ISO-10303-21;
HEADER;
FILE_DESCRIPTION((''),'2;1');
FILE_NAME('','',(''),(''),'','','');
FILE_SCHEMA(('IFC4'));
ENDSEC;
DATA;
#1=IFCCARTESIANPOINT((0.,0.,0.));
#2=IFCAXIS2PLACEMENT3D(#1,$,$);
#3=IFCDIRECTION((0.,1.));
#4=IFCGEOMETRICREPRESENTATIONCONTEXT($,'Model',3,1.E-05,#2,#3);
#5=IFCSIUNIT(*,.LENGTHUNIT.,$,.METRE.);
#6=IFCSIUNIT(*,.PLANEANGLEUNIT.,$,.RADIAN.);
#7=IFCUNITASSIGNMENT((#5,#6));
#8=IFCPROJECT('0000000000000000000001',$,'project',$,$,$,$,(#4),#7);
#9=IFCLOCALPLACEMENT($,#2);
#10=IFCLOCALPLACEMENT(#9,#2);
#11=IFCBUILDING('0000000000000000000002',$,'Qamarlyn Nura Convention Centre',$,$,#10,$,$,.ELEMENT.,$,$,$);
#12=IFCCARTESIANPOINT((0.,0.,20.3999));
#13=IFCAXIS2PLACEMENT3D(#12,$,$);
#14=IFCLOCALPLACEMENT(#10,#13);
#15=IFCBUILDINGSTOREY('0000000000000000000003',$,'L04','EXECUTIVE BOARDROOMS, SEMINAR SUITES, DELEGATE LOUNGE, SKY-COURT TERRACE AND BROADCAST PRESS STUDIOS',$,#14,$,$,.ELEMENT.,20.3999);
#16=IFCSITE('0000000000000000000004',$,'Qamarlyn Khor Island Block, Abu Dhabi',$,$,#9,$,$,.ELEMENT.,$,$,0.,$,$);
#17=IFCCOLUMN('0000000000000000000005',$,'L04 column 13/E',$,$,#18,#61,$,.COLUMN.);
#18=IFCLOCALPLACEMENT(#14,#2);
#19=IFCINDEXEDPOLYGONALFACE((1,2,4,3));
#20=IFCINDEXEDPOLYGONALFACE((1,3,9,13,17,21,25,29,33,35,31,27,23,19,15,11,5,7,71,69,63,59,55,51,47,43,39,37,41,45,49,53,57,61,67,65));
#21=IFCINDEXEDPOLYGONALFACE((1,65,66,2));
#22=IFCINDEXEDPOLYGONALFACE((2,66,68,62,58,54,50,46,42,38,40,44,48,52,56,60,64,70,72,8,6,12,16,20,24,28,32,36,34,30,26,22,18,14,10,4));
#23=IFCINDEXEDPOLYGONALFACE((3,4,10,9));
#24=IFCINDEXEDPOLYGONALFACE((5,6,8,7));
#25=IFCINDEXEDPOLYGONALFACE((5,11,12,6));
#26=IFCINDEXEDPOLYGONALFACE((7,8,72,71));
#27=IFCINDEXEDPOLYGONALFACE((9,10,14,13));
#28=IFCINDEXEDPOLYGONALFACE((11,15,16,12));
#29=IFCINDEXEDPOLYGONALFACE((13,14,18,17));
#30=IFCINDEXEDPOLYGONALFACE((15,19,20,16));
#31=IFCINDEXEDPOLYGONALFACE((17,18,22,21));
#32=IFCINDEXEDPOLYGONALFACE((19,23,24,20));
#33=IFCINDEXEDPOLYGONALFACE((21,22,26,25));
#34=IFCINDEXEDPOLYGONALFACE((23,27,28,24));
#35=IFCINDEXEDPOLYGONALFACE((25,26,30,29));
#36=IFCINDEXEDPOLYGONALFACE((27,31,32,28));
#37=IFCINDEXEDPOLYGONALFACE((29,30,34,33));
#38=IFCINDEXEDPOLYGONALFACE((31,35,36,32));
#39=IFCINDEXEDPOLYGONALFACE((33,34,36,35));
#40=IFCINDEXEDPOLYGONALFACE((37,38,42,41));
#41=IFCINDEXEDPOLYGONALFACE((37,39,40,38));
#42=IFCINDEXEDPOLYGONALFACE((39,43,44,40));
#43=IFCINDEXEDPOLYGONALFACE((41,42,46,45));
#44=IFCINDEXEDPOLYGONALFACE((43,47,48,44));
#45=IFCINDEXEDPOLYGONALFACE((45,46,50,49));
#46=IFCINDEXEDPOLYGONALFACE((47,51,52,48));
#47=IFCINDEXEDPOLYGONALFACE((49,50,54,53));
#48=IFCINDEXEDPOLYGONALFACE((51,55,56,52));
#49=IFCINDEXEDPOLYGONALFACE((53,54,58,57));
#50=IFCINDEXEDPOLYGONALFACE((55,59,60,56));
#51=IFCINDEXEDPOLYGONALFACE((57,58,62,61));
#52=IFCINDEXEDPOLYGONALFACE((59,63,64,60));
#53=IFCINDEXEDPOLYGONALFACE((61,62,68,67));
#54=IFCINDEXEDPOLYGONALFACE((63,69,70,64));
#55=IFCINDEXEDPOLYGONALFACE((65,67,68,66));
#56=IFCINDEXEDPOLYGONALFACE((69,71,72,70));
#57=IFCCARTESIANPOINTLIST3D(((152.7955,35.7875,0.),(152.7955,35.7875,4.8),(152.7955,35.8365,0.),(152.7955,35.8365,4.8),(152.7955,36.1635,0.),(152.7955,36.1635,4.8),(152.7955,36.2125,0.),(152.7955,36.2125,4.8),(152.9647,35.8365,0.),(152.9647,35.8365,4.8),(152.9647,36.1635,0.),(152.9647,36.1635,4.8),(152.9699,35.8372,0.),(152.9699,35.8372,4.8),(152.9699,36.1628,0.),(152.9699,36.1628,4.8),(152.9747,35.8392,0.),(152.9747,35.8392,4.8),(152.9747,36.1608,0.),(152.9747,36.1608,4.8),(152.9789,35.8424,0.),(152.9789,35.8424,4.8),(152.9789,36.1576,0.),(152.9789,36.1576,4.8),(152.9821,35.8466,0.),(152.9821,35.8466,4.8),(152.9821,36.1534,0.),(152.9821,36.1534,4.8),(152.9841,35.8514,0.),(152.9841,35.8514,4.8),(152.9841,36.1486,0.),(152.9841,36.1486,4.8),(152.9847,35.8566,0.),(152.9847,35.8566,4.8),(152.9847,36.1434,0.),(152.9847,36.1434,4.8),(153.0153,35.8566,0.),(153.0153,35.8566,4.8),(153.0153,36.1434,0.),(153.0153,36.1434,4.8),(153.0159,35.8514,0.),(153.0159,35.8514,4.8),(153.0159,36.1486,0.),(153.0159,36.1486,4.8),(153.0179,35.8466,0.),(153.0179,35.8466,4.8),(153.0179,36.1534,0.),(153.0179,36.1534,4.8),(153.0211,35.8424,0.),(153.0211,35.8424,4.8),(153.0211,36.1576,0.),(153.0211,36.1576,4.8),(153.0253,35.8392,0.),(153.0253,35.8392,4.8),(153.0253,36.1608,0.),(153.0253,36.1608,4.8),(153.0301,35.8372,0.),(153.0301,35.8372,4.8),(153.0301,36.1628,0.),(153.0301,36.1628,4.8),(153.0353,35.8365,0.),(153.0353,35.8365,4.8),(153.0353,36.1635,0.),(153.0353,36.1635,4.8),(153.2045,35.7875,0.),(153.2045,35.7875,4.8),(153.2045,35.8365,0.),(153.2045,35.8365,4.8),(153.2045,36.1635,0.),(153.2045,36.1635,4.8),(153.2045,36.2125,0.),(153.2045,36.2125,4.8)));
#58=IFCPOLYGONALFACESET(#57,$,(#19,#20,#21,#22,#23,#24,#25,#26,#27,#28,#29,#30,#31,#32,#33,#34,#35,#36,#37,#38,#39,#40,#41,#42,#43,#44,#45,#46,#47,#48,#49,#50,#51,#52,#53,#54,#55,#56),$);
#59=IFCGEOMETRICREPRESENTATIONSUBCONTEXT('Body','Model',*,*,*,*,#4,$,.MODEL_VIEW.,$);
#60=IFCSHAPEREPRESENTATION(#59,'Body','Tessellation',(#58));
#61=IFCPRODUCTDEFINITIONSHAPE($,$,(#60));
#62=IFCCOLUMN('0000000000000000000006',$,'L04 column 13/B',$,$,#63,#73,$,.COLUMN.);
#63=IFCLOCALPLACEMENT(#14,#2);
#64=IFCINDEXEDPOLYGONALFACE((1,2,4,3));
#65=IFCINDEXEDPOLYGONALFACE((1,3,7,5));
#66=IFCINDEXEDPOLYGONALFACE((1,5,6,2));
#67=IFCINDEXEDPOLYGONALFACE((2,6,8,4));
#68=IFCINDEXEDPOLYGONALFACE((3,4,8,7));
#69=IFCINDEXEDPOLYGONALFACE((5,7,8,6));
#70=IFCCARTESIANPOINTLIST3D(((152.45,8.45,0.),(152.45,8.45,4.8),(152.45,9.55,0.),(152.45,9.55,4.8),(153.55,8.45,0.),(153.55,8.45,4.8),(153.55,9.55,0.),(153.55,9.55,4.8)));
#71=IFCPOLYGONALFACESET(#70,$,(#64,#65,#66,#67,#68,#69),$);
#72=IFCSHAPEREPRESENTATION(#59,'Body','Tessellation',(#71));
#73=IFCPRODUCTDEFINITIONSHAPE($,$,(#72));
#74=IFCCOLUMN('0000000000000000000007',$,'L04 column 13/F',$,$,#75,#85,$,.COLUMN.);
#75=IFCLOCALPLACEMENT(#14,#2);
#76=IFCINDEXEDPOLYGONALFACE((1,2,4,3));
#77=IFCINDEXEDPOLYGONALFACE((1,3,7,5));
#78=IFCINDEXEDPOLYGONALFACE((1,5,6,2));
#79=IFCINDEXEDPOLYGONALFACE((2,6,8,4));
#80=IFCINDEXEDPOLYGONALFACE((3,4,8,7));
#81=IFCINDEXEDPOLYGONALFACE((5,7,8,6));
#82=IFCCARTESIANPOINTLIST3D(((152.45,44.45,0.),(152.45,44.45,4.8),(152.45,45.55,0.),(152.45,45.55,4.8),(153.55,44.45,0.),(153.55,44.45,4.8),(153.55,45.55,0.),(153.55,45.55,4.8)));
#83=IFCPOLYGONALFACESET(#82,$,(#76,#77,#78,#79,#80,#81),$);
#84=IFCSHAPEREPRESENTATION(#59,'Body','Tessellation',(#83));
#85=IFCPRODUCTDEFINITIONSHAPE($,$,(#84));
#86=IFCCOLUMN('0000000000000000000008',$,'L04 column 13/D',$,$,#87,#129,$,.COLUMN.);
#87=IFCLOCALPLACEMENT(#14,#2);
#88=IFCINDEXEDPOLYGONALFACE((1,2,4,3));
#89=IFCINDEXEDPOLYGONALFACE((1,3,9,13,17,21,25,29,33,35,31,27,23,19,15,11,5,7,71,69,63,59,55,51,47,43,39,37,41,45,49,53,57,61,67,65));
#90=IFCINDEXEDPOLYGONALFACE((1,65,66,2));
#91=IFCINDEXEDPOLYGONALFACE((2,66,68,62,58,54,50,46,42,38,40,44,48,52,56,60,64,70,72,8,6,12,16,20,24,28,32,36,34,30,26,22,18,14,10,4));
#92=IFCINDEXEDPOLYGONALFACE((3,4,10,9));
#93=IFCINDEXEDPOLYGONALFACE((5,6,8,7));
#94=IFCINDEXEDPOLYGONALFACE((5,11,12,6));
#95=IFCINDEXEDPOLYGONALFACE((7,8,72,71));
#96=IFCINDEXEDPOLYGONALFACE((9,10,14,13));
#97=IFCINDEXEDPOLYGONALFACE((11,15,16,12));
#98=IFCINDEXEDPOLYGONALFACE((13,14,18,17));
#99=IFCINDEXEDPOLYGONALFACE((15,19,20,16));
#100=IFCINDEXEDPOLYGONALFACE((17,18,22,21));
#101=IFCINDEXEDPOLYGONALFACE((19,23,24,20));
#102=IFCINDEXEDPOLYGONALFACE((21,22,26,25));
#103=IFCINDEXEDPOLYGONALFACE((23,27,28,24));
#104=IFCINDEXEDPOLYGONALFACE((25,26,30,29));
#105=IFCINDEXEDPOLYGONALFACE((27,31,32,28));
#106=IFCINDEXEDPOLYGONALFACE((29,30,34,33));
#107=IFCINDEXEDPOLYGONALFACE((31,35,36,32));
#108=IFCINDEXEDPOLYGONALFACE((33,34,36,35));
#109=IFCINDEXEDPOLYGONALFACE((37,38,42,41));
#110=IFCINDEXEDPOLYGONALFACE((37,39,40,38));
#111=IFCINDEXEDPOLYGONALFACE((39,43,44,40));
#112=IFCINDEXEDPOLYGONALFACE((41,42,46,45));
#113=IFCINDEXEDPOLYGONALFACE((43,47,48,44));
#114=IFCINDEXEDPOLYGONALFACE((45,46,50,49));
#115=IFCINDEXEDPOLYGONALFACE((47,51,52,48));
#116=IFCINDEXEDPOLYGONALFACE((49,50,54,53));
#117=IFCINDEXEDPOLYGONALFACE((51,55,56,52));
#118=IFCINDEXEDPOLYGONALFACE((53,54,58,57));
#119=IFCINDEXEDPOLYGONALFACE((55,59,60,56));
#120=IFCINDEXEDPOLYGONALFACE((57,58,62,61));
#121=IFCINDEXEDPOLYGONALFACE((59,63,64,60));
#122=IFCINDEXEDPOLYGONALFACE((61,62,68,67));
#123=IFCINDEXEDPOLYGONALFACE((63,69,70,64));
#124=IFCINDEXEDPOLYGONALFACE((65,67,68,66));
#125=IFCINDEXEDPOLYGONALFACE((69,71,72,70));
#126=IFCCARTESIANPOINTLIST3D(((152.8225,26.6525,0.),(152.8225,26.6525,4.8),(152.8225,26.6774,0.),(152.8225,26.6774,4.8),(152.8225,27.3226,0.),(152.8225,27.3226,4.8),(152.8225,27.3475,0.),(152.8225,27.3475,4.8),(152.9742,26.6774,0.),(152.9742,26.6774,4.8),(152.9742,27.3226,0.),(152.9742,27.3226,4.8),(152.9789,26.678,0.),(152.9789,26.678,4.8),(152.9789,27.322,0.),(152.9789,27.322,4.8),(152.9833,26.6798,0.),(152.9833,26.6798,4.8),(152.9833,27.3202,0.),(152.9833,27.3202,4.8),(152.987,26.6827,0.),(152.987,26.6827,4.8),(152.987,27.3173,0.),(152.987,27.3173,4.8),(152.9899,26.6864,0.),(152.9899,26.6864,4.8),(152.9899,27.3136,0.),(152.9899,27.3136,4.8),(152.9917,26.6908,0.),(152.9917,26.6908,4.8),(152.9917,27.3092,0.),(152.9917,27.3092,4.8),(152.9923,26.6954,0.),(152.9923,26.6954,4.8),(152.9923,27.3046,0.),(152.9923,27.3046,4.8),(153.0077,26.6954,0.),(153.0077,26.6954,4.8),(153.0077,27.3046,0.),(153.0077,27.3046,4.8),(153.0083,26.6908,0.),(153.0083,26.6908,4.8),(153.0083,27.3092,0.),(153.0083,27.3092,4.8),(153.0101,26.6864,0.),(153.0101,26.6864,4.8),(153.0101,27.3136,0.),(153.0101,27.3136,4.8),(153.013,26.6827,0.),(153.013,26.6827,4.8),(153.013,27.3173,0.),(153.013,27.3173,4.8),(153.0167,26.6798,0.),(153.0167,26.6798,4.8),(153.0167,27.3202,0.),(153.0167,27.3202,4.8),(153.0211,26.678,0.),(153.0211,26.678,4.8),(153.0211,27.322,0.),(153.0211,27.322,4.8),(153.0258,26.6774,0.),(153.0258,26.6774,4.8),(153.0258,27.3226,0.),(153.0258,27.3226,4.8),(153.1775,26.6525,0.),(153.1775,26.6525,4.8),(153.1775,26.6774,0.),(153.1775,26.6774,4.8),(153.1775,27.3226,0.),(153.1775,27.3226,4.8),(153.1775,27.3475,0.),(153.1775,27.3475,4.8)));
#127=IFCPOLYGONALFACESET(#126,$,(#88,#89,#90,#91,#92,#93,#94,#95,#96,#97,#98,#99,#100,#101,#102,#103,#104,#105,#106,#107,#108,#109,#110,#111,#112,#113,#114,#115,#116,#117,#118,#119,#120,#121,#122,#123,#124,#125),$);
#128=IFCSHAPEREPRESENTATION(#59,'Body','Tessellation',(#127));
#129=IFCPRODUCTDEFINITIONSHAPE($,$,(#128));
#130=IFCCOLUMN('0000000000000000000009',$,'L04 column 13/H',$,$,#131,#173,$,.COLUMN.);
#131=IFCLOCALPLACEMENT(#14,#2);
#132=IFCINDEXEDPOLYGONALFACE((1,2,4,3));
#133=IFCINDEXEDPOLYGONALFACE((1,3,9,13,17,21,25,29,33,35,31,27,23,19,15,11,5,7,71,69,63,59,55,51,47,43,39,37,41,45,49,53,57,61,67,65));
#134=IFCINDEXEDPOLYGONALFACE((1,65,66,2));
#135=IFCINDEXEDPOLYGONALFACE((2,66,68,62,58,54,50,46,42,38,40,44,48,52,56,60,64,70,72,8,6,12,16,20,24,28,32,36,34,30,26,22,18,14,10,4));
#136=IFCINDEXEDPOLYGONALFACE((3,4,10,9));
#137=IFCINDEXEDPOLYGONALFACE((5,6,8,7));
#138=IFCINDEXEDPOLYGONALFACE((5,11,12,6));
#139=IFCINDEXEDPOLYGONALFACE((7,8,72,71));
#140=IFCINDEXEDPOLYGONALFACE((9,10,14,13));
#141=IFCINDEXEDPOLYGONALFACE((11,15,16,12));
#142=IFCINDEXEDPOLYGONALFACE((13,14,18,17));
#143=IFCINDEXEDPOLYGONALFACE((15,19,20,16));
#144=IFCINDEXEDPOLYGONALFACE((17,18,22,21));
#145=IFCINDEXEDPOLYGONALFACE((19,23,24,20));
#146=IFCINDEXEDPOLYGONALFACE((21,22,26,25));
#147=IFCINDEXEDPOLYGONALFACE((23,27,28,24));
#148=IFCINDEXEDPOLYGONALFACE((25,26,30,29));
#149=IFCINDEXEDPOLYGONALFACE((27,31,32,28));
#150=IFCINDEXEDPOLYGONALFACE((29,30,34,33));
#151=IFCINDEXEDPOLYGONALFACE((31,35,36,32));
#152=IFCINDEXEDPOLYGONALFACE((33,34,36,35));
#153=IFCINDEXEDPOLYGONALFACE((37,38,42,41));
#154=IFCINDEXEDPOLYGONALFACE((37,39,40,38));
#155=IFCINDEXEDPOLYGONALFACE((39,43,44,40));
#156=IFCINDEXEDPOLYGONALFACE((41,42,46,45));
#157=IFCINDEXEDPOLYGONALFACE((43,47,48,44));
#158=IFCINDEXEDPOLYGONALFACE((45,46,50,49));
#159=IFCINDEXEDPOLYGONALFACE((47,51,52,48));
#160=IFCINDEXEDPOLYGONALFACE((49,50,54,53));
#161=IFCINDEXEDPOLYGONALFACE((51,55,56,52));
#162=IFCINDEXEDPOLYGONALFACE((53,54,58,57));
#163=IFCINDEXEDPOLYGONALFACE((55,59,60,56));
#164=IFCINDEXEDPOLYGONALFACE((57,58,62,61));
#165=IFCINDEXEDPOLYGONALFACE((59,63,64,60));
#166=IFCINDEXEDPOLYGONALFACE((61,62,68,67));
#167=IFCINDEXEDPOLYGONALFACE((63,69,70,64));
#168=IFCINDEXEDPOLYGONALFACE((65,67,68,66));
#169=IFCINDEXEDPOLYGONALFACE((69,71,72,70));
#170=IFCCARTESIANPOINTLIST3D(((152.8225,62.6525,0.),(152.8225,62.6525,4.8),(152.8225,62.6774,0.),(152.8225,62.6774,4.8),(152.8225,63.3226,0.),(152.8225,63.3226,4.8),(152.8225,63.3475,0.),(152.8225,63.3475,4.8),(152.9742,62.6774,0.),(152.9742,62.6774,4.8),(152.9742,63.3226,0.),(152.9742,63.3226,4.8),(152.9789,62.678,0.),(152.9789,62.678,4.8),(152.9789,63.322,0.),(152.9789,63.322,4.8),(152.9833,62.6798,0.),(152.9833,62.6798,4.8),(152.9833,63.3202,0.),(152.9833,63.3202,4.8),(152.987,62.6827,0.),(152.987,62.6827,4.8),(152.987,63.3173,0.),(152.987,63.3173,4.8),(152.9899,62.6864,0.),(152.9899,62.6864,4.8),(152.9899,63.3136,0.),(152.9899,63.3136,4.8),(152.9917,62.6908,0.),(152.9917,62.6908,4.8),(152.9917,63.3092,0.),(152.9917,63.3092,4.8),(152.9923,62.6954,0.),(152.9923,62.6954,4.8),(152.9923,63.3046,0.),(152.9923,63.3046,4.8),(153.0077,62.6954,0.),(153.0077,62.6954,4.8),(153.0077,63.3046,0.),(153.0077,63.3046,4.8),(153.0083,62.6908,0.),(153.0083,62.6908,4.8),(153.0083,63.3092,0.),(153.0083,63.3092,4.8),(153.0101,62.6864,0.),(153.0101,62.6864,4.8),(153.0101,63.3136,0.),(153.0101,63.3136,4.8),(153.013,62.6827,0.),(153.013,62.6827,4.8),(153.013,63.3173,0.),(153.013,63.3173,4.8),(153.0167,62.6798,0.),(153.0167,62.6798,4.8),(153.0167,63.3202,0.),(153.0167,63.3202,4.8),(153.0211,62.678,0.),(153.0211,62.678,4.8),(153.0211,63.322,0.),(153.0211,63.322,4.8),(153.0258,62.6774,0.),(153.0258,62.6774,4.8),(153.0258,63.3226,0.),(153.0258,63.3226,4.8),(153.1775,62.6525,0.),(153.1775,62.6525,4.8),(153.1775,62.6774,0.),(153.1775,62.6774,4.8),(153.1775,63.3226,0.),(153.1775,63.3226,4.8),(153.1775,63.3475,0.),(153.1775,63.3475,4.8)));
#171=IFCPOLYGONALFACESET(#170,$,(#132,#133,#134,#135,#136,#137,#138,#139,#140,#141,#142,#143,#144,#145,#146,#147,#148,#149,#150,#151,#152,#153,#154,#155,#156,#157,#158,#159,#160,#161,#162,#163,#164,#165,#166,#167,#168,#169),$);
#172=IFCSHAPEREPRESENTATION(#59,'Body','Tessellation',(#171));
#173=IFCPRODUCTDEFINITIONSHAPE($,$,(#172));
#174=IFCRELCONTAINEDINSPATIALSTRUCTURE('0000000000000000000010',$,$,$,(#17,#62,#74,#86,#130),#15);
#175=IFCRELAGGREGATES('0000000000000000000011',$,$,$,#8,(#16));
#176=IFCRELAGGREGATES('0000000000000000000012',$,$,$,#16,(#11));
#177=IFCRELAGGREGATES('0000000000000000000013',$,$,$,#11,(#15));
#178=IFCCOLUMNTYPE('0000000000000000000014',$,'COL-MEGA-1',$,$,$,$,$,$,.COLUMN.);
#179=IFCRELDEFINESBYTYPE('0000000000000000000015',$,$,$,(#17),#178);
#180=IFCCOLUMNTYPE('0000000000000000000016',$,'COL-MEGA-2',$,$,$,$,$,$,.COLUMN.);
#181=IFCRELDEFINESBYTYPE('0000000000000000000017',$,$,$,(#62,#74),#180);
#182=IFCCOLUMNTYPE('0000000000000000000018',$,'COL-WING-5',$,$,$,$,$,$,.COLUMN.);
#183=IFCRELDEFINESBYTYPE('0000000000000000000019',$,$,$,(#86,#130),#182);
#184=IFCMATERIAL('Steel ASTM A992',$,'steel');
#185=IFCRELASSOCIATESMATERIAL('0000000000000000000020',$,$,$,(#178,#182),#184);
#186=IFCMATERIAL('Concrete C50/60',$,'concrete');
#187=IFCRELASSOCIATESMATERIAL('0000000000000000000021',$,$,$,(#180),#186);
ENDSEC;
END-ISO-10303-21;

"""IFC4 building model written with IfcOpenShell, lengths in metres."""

from ifc_helpers import new_model, si_unit, direction, frame, origin, origin_2d, place, context, subcontext, project, spatial, rectangle, i_section, extrude, material, material_profile, profile_set, type_object, element, save


model = new_model("IFC4")

# Units and contexts
model_context = context("Model", 3, precision=1e-05, world=origin(), true_north=direction((0.0, 1.0)))
body_context = subcontext(model_context, "Body", "Model", "MODEL_VIEW")
ifc_project = project(units=[si_unit("LENGTHUNIT", "METRE"), si_unit("PLANEANGLEUNIT", "RADIAN")], contexts=[model_context])

# Site, building, storey
site_placement = place(None, origin())
site = spatial("IfcSite", under=ifc_project, at=site_placement, Name="Qamarlyn Khor Island Block, Abu Dhabi", CompositionType="ELEMENT", RefElevation=0.0)
building_placement = place(site_placement, origin())
building = spatial("IfcBuilding", under=site, at=building_placement, Name="Qamarlyn Nura Convention Centre", CompositionType="ELEMENT")
storey_placement = place(building_placement, frame((0.0, 0.0, 20.3999)))
storey = spatial("IfcBuildingStorey", under=building, at=storey_placement, Name="L04", Description="EXECUTIVE BOARDROOMS, SEMINAR SUITES, DELEGATE LOUNGE, SKY-COURT TERRACE AND BROADCAST PRESS STUDIOS", CompositionType="ELEMENT", Elevation=20.3999)

# Columns
ifc_material_1 = material(Name="Steel ASTM A992", Category="steel")
ifc_material_profile_1 = material_profile(ifc_material_1, i_section(OverallWidth=0.4089, OverallDepth=0.425, WebThickness=0.0305, FlangeThickness=0.0491, FilletRadius=0.02, at=origin_2d()), Name="W360X421")
ifc_profile_set_1 = profile_set([ifc_material_profile_1], Name="Steel ASTM A992")
column_type_1 = type_object("IfcColumnType", Name="COL-MEGA-1", PredefinedType="COLUMN", material=ifc_profile_set_1)
for number, where, z_axis, x_axis, name in (
    (1, (153.0, 36.0, 0.0), (0.0, 0.0, 1.0), (1.0, 0.0, 0.0), "L04 column 13/E"),
):
    element("IfcColumn", number, at=place(storey_placement, frame(where, z_axis=z_axis, x_axis=x_axis)), inside=storey, type_object=column_type_1, Name=name, PredefinedType="COLUMN", context=body_context, shape_type="SweptSolid", body=[
        extrude(i_section(OverallWidth=0.4089, OverallDepth=0.425, WebThickness=0.0305, FlangeThickness=0.0491, FilletRadius=0.02, at=origin_2d()), origin(), (0.0, 0.0, 1.0), 4.8),
    ])
ifc_material_2 = material(Name="Concrete C50/60", Category="concrete")
ifc_material_profile_2 = material_profile(ifc_material_2, rectangle(XDim=1.1001, YDim=1.1001, at=origin_2d()), Name="RC 1100x1100")
ifc_profile_set_2 = profile_set([ifc_material_profile_2], Name="Concrete C50/60")
column_type_2 = type_object("IfcColumnType", Name="COL-MEGA-2", PredefinedType="COLUMN", material=ifc_profile_set_2)
for number, where, z_axis, x_axis, name in (
    (2, (153.0, 9.0, 0.0), (0.0, 0.0, 1.0), (1.0, 0.0, 0.0), "L04 column 13/B"),
    (3, (153.0, 45.0, 0.0), (0.0, 0.0, 1.0), (1.0, 0.0, 0.0), "L04 column 13/F"),
):
    element("IfcColumn", number, at=place(storey_placement, frame(where, z_axis=z_axis, x_axis=x_axis)), inside=storey, type_object=column_type_2, Name=name, PredefinedType="COLUMN", context=body_context, shape_type="SweptSolid", body=[
        extrude(rectangle(XDim=1.1001, YDim=1.1001, at=origin_2d()), origin(), (0.0, 0.0, 1.0), 4.8),
    ])
ifc_material_profile_3 = material_profile(ifc_material_1, i_section(OverallWidth=0.355, OverallDepth=0.6951, WebThickness=0.0154, FlangeThickness=0.0249, FilletRadius=0.0181, at=origin_2d()), Name="W690X217")
ifc_profile_set_3 = profile_set([ifc_material_profile_3], Name="Steel ASTM A992")
column_type_3 = type_object("IfcColumnType", Name="COL-WING-5", PredefinedType="COLUMN", material=ifc_profile_set_3)
for number, where, z_axis, x_axis, name in (
    (4, (153.0, 27.0, 0.0), (0.0, 0.0, 1.0), (1.0, 0.0, 0.0), "L04 column 13/D"),
    (5, (153.0, 63.0, 0.0), (0.0, 0.0, 1.0), (1.0, 0.0, 0.0), "L04 column 13/H"),
):
    element("IfcColumn", number, at=place(storey_placement, frame(where, z_axis=z_axis, x_axis=x_axis)), inside=storey, type_object=column_type_3, Name=name, PredefinedType="COLUMN", context=body_context, shape_type="SweptSolid", body=[
        extrude(i_section(OverallWidth=0.355, OverallDepth=0.6951, WebThickness=0.0154, FlangeThickness=0.0249, FilletRadius=0.0181, at=origin_2d()), origin(), (0.0, 0.0, 1.0), 4.8),
    ])

save(model, "model.ifc")
